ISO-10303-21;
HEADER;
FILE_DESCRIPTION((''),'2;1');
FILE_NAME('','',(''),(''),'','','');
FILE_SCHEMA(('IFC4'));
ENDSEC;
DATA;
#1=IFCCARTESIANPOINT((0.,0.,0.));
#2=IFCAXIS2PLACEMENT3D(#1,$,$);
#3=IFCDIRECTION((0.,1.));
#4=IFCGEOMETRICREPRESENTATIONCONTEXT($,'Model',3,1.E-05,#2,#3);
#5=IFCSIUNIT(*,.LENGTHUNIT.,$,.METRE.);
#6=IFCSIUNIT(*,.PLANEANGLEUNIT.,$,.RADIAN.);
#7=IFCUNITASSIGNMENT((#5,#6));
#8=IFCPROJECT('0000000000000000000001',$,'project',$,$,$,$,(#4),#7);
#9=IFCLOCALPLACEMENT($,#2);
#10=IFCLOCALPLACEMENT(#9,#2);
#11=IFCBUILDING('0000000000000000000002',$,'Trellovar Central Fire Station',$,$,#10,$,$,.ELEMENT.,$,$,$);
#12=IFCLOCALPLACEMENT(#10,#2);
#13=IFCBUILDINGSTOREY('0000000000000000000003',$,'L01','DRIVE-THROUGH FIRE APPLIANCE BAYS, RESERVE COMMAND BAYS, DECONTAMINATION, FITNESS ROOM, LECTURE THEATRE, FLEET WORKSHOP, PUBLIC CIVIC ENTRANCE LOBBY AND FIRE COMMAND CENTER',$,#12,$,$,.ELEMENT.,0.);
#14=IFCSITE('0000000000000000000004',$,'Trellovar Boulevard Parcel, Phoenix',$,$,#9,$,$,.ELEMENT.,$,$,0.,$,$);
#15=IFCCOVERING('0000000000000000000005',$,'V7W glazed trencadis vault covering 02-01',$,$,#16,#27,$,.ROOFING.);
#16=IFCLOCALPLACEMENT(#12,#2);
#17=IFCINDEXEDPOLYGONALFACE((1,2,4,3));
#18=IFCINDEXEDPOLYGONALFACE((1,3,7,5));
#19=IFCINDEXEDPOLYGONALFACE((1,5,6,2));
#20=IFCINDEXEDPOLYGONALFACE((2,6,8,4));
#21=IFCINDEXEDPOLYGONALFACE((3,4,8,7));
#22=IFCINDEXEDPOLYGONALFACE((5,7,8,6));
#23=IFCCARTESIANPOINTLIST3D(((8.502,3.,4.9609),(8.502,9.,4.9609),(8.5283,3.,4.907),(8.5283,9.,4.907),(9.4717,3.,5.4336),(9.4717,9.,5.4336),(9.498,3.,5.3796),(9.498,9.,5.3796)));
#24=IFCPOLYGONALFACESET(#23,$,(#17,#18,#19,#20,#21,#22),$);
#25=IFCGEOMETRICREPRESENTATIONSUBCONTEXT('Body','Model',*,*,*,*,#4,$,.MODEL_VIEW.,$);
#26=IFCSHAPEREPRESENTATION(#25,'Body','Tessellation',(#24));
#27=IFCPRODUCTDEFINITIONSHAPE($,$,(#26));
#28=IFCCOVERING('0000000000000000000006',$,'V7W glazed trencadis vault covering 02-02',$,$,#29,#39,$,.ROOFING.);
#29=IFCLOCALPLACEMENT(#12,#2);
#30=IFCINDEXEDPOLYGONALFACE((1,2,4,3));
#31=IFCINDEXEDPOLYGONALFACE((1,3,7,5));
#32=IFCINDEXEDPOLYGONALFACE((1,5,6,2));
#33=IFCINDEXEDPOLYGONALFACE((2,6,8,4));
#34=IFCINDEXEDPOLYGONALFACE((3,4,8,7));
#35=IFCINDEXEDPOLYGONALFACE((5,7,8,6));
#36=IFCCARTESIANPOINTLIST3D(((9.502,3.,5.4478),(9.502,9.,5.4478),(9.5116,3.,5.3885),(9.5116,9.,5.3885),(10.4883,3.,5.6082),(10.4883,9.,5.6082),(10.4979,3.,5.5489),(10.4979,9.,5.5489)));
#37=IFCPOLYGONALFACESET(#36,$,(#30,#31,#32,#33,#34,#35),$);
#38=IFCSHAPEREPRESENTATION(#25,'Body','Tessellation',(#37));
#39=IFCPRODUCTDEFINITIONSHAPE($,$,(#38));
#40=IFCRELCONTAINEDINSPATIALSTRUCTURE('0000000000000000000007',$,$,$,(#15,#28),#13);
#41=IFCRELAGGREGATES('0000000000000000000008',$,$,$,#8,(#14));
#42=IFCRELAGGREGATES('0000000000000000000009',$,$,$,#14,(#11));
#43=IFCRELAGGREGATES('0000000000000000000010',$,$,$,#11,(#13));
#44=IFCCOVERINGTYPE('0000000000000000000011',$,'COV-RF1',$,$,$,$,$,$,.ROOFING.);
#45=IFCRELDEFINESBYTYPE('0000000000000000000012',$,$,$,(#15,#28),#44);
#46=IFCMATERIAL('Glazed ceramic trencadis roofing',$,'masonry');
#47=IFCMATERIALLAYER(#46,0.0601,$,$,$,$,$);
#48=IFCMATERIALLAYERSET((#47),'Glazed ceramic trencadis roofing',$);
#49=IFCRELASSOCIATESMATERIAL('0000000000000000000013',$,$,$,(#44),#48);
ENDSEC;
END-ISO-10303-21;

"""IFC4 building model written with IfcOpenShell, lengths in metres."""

from ifc_helpers import new_model, si_unit, direction, frame, origin, place, context, subcontext, project, spatial, polyline, outline, extrude, material, layer, layer_set, type_object, element, save


model = new_model("IFC4")

# Units and contexts
model_context = context("Model", 3, precision=1e-05, world=origin(), true_north=direction((0.0, 1.0)))
body_context = subcontext(model_context, "Body", "Model", "MODEL_VIEW")
ifc_project = project(units=[si_unit("LENGTHUNIT", "METRE"), si_unit("PLANEANGLEUNIT", "RADIAN")], contexts=[model_context])

# Site, building, storey
site_placement = place(None, origin())
site = spatial("IfcSite", under=ifc_project, at=site_placement, Name="Trellovar Boulevard Parcel, Phoenix", CompositionType="ELEMENT", RefElevation=0.0)
building_placement = place(site_placement, origin())
building = spatial("IfcBuilding", under=site, at=building_placement, Name="Trellovar Central Fire Station", CompositionType="ELEMENT")
storey_placement = place(building_placement, origin())
storey = spatial("IfcBuildingStorey", under=building, at=storey_placement, Name="L01", Description="DRIVE-THROUGH FIRE APPLIANCE BAYS, RESERVE COMMAND BAYS, DECONTAMINATION, FITNESS ROOM, LECTURE THEATRE, FLEET WORKSHOP, PUBLIC CIVIC ENTRANCE LOBBY AND FIRE COMMAND CENTER", CompositionType="ELEMENT", Elevation=0.0)

# Coverings
ifc_material_1 = material(Name="Glazed ceramic trencadis roofing", Category="masonry")
ifc_layer_1 = layer(ifc_material_1, 0.0601)
ifc_layer_set_1 = layer_set([ifc_layer_1], Name="Glazed ceramic trencadis roofing")
covering_type = type_object("IfcCoveringType", Name="COV-RF1", PredefinedType="ROOFING", material=ifc_layer_set_1)
covering_1_placement = place(storey_placement, frame((8.502, 3.0, 4.9609), z_axis=(-0.438138, 0.0, 0.898908), x_axis=(0.898908, 0.0, 0.438138)))
element("IfcCovering", 1, at=covering_1_placement, inside=storey, type_object=covering_type, Name="V7W glazed trencadis vault covering 02-01", PredefinedType="ROOFING", context=body_context, shape_type="SweptSolid", body=[
    extrude(outline(polyline([(0.0, 0.0), (1.0788, 0.0), (1.0788, 6.0), (0.0, 6.0), (0.0, 0.0)])), origin(), (0.0, 0.0, -1.0), 0.0601),
])
covering_2_placement = place(storey_placement, frame((9.502, 3.0, 5.4478), z_axis=(-0.160515, 0.0, 0.987033), x_axis=(0.987033, 0.0, 0.160515)))
element("IfcCovering", 2, at=covering_2_placement, inside=storey, type_object=covering_type, Name="V7W glazed trencadis vault covering 02-02", PredefinedType="ROOFING", context=body_context, shape_type="SweptSolid", body=[
    extrude(outline(polyline([(0.0, 0.0), (0.9993, 0.0), (0.9993, 6.0), (0.0, 6.0), (0.0, 0.0)])), origin(), (0.0, 0.0, -1.0), 0.0601),
])

save(model, "model.ifc")
